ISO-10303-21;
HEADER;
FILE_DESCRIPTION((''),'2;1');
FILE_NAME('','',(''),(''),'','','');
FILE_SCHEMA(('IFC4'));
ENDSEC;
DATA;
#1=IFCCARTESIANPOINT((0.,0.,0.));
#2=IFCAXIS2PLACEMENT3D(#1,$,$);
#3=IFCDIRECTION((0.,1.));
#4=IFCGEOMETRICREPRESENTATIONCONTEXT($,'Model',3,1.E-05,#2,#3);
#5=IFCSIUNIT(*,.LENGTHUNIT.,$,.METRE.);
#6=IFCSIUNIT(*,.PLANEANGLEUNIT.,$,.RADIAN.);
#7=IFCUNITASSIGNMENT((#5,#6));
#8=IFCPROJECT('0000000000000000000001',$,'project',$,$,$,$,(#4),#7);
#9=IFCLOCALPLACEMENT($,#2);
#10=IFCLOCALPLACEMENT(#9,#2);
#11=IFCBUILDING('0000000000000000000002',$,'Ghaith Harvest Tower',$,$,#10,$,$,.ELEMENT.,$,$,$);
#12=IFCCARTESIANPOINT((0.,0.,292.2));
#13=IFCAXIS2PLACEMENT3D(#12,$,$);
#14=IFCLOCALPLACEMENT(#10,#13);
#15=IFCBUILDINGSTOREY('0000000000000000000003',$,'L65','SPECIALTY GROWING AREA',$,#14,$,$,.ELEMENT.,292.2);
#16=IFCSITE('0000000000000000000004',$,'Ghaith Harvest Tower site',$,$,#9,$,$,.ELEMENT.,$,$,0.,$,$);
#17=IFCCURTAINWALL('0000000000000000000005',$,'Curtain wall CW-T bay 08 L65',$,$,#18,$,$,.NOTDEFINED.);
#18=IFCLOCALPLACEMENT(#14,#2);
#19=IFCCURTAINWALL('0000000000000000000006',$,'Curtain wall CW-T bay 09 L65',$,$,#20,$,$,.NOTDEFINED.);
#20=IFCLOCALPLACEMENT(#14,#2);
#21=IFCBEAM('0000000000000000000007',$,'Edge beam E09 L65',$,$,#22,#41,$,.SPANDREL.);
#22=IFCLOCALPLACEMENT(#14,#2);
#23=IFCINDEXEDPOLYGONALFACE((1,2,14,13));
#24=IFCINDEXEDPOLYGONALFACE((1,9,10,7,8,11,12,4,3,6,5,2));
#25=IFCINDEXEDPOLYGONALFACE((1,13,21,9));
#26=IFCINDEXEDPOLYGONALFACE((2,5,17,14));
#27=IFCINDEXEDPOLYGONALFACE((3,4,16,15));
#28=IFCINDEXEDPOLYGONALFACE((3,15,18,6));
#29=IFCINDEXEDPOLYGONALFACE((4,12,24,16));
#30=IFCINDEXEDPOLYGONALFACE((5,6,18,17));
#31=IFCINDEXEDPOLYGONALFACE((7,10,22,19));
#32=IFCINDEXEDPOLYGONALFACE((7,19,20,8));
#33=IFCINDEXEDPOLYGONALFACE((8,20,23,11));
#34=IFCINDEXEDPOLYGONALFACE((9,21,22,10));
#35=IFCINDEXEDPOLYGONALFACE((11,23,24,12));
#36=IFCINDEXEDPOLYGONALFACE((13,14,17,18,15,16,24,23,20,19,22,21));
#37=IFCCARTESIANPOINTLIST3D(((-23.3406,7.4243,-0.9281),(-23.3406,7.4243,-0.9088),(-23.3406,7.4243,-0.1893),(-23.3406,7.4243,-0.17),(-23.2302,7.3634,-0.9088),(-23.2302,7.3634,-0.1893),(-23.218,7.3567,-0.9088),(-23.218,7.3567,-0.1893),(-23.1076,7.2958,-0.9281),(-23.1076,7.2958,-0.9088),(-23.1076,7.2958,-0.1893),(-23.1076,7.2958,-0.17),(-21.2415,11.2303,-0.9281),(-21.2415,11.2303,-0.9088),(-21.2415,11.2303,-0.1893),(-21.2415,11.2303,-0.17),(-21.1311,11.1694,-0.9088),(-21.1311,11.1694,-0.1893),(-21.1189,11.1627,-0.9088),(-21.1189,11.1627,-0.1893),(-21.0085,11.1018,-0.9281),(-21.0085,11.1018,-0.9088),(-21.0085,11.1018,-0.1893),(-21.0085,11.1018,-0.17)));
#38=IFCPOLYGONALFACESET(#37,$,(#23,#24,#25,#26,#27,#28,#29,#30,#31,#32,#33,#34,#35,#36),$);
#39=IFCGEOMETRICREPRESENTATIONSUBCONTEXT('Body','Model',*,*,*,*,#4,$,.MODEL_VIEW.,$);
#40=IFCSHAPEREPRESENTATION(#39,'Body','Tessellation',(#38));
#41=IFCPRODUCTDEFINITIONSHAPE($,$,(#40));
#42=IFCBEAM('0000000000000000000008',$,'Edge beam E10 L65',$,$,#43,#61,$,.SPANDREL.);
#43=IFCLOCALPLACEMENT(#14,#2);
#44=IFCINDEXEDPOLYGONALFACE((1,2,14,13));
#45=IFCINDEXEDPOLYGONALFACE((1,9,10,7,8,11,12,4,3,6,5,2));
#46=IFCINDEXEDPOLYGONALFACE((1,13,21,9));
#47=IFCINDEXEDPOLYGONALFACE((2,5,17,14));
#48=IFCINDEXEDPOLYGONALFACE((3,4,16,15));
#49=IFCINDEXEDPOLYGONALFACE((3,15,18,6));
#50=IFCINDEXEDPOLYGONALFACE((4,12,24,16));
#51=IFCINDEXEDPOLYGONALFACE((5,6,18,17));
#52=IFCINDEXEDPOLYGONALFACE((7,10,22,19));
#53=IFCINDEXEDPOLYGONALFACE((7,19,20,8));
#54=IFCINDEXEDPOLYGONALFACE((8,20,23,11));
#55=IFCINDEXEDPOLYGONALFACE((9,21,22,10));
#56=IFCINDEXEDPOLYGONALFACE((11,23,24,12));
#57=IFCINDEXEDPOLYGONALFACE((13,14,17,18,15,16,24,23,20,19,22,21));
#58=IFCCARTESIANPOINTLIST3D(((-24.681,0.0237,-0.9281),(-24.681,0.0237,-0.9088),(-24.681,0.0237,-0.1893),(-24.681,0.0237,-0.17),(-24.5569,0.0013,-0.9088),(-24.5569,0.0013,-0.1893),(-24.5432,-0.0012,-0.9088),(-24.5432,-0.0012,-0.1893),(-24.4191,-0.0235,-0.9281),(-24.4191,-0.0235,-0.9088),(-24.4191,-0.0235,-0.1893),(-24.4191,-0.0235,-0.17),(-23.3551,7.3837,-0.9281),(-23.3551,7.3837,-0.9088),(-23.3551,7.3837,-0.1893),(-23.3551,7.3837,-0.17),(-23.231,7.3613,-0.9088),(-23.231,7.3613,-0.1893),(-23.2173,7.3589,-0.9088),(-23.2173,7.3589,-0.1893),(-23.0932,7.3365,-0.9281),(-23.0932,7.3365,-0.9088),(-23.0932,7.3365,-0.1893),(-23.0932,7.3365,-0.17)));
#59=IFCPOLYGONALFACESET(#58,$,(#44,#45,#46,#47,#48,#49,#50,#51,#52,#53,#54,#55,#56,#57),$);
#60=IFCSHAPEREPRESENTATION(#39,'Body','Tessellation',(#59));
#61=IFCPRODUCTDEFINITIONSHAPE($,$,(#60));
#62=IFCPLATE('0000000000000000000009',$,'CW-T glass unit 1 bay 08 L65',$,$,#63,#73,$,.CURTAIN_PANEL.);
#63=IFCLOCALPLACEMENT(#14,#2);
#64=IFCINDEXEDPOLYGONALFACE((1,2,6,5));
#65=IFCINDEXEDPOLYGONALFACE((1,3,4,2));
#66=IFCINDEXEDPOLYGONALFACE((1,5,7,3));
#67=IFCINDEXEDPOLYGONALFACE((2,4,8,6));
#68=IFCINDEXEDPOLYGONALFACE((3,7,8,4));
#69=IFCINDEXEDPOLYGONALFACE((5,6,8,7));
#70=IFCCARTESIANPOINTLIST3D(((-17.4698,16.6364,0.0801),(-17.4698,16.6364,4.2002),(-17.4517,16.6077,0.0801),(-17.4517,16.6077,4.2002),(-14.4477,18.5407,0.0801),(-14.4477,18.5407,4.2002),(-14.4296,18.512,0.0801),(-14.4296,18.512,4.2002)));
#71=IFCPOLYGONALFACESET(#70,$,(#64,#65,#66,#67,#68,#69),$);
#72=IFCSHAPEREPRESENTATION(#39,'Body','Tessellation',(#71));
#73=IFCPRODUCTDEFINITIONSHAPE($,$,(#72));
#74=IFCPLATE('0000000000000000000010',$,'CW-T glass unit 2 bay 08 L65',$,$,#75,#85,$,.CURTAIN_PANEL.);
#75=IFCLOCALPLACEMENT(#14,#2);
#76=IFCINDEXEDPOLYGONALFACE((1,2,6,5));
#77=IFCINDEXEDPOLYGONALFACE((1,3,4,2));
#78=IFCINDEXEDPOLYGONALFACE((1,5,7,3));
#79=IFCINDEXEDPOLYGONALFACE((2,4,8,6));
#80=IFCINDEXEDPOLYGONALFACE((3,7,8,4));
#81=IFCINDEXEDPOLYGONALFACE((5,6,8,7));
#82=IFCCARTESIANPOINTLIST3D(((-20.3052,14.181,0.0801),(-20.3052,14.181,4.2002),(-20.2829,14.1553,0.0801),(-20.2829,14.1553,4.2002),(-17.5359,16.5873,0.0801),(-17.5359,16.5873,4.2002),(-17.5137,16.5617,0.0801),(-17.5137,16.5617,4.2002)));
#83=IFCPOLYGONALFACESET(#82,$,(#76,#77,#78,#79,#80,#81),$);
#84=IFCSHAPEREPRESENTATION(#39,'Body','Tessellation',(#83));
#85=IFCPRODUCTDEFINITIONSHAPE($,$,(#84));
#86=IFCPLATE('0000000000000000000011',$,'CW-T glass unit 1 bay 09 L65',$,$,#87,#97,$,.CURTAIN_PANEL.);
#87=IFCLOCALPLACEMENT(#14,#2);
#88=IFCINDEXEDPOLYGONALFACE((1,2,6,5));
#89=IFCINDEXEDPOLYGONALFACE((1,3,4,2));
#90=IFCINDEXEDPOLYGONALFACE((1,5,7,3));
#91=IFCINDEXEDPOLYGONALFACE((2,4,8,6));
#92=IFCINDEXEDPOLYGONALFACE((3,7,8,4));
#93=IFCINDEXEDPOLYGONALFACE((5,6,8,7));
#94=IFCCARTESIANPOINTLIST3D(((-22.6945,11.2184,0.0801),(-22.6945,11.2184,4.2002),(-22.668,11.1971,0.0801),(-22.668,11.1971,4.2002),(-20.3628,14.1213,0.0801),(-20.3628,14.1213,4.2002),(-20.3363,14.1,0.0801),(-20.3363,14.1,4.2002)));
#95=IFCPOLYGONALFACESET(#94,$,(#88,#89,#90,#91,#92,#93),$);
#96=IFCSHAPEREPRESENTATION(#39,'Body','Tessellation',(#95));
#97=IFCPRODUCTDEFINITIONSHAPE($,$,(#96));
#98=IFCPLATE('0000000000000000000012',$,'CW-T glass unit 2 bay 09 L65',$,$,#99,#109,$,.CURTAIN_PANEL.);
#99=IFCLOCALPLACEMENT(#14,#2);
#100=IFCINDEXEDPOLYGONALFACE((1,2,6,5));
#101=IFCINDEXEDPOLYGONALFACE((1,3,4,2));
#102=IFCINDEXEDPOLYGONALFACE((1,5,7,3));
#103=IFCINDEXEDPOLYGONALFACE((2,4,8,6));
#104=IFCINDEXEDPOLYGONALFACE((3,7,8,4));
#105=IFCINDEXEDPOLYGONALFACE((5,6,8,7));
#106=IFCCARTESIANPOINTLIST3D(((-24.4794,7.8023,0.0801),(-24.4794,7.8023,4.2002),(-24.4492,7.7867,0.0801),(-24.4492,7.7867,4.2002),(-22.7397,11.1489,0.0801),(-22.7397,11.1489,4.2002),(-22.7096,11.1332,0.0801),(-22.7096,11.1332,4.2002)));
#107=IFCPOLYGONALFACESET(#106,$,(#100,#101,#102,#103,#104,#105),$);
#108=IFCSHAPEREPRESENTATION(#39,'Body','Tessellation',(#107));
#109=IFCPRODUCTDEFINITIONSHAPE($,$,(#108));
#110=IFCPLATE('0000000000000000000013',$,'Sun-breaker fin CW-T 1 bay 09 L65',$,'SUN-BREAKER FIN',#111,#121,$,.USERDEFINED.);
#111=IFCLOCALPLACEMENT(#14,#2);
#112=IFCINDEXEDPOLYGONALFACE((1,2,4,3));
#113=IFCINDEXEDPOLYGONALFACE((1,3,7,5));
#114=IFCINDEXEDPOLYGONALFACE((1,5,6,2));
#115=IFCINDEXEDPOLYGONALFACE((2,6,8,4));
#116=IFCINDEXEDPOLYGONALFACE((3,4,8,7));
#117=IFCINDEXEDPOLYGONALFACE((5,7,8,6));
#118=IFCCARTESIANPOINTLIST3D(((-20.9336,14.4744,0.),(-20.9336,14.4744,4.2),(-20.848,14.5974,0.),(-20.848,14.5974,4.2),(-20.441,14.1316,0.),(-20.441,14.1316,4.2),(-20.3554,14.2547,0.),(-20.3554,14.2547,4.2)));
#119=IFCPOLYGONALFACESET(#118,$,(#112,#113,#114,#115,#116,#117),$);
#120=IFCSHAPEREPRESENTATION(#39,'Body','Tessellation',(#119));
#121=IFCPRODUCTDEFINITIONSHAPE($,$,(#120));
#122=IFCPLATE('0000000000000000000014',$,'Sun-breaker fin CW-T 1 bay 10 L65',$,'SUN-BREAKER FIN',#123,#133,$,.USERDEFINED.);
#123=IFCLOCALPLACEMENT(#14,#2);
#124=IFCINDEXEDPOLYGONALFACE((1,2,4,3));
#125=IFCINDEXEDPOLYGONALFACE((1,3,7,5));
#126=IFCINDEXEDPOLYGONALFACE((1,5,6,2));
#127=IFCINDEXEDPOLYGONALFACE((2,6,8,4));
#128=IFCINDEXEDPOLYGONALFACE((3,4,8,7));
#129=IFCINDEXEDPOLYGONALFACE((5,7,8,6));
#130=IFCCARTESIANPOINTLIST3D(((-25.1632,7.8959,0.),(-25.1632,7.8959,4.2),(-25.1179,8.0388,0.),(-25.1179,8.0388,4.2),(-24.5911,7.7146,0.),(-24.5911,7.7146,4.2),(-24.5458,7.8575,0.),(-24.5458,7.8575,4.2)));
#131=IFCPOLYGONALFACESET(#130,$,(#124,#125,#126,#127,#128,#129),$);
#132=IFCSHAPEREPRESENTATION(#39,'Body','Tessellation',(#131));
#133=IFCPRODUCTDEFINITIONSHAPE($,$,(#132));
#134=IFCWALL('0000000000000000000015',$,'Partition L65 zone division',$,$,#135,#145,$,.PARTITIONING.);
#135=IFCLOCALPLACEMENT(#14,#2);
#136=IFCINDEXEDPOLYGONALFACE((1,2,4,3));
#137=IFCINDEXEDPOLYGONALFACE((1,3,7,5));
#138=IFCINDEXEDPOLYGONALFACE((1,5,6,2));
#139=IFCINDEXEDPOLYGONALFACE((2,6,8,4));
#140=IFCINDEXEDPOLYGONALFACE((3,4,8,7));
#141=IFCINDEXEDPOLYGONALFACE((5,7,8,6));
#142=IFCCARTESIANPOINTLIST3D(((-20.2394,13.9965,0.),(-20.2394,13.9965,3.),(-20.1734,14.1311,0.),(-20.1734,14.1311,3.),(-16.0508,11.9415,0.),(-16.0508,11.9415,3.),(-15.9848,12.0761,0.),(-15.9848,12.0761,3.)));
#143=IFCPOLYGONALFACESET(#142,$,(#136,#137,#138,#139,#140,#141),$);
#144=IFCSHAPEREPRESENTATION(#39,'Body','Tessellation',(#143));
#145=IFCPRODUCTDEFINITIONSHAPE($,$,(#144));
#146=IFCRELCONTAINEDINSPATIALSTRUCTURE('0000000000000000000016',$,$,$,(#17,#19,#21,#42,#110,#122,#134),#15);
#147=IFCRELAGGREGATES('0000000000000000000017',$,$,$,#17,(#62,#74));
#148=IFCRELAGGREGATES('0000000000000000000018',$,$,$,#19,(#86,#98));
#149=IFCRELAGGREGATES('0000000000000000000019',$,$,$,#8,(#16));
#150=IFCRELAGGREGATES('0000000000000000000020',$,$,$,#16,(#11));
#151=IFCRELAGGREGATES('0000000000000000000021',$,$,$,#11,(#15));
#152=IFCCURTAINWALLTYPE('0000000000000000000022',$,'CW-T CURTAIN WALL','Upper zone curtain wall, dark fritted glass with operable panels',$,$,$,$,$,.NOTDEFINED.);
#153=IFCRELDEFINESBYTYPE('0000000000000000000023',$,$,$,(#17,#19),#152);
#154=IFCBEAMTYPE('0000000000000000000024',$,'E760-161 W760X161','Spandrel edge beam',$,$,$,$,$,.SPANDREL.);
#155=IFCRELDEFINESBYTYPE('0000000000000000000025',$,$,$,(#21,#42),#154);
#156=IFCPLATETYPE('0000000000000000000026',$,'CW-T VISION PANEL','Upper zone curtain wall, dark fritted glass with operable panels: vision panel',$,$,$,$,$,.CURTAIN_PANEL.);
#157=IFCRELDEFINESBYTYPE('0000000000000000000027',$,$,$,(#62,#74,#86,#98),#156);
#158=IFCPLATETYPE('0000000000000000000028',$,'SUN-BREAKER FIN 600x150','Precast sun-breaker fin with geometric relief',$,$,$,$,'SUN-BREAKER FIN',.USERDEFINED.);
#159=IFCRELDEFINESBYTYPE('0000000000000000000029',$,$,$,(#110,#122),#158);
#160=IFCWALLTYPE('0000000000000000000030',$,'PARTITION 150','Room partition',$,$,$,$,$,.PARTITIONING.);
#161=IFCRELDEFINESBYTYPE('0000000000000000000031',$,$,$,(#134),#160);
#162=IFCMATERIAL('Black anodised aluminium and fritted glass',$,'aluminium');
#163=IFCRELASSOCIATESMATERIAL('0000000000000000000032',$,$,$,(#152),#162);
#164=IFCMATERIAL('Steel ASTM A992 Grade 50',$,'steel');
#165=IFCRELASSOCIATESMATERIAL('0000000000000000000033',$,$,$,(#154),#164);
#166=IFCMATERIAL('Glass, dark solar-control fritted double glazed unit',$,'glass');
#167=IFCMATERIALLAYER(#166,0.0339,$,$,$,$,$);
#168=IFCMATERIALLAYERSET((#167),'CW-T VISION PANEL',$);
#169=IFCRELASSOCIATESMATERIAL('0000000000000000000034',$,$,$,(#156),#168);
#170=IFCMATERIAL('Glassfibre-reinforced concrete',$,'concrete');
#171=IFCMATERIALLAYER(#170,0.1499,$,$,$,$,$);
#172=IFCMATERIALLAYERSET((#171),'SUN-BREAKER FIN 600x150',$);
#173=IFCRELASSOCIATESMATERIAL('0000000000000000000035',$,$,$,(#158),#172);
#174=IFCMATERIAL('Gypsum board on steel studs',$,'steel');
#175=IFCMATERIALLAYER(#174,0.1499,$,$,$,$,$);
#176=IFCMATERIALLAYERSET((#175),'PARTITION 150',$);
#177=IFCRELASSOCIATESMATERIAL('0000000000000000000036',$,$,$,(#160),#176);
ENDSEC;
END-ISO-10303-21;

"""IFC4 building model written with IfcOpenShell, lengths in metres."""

from ifc_helpers import new_model, si_unit, direction, frame, frame_2d, origin, origin_2d, place, context, subcontext, project, spatial, rectangle, i_section, extrude, material, layer, layer_set, material_profile, profile_set, type_object, element, aggregate, save


model = new_model("IFC4")

# Units and contexts
model_context = context("Model", 3, precision=1e-05, world=origin(), true_north=direction((0.0, 1.0)))
body_context = subcontext(model_context, "Body", "Model", "MODEL_VIEW")
ifc_project = project(units=[si_unit("LENGTHUNIT", "METRE"), si_unit("PLANEANGLEUNIT", "RADIAN")], contexts=[model_context])

# Site, building, storey
site_placement = place(None, origin())
site = spatial("IfcSite", under=ifc_project, at=site_placement, Name="Ghaith Harvest Tower site", CompositionType="ELEMENT", RefElevation=0.0)
building_placement = place(site_placement, origin())
building = spatial("IfcBuilding", under=site, at=building_placement, Name="Ghaith Harvest Tower", CompositionType="ELEMENT")
storey_placement = place(building_placement, frame((0.0, 0.0, 292.2)))
storey = spatial("IfcBuildingStorey", under=building, at=storey_placement, Name="L65", Description="SPECIALTY GROWING AREA", CompositionType="ELEMENT", Elevation=292.2)

# Curtain walls
ifc_material_1 = material(Name="Black anodised aluminium and fritted glass", Category="aluminium")
curtain_wall_type = type_object("IfcCurtainWallType", Name="CW-T CURTAIN WALL", Description="Upper zone curtain wall, dark fritted glass with operable panels", PredefinedType="NOTDEFINED", material=ifc_material_1)
curtain_wall_1_placement = place(storey_placement, origin())
curtain_wall_1 = element("IfcCurtainWall", 1, at=curtain_wall_1_placement, inside=storey, type_object=curtain_wall_type, Name="Curtain wall CW-T bay 08 L65", PredefinedType="NOTDEFINED")
curtain_wall_2_placement = place(storey_placement, origin())
curtain_wall_2 = element("IfcCurtainWall", 2, at=curtain_wall_2_placement, inside=storey, type_object=curtain_wall_type, Name="Curtain wall CW-T bay 09 L65", PredefinedType="NOTDEFINED")

# Beams
ifc_material_2 = material(Name="Steel ASTM A992 Grade 50", Category="steel")
ifc_material_profile_1 = material_profile(ifc_material_2, i_section(OverallWidth=0.2661, OverallDepth=0.7581, WebThickness=0.0139, FlangeThickness=0.0193, at=origin_2d()), Name="W760X161")
ifc_profile_set_1 = profile_set([ifc_material_profile_1], Name="Steel ASTM A992 Grade 50")
beam_type = type_object("IfcBeamType", Name="E760-161 W760X161", Description="Spandrel edge beam", PredefinedType="SPANDREL", material=ifc_profile_set_1)
beam_1_placement = place(storey_placement, frame((-21.125, 11.166, -0.5491), z_axis=(-0.482956, -0.875645, 0.0), x_axis=(0.875645, -0.482956, 0.0)))
element("IfcBeam", 3, at=beam_1_placement, inside=storey, type_object=beam_type, Name="Edge beam E09 L65", PredefinedType="SPANDREL", context=body_context, shape_type="SweptSolid", body=[
    extrude(i_section(OverallWidth=0.2661, OverallDepth=0.7581, WebThickness=0.0139, FlangeThickness=0.0193, at=origin_2d()), origin(), (0.0, 0.0, 1.0), 4.3464),
])
beam_2_placement = place(storey_placement, frame((-23.2241, 7.3601, -0.5491), z_axis=(-0.177297, -0.984157, 0.0), x_axis=(0.984157, -0.177297, 0.0)))
element("IfcBeam", 4, at=beam_2_placement, inside=storey, type_object=beam_type, Name="Edge beam E10 L65", PredefinedType="SPANDREL", context=body_context, shape_type="SweptSolid", body=[
    extrude(i_section(OverallWidth=0.2661, OverallDepth=0.7581, WebThickness=0.0139, FlangeThickness=0.0193, at=origin_2d()), origin(), (0.0, 0.0, 1.0), 7.4785),
])

# Plates
ifc_material_3 = material(Name="Glass, dark solar-control fritted double glazed unit", Category="glass")
ifc_layer_1 = layer(ifc_material_3, 0.0339)
ifc_layer_set_1 = layer_set([ifc_layer_1], Name="CW-T VISION PANEL")
plate_type_1 = type_object("IfcPlateType", Name="CW-T VISION PANEL", Description="Upper zone curtain wall, dark fritted glass with operable panels: vision panel", PredefinedType="CURTAIN_PANEL", material=ifc_layer_set_1)
plate_1_placement = place(storey_placement, frame((-15.9497, 17.5742, 0.0801), z_axis=(0.0, 0.0, 1.0), x_axis=(-0.846043, -0.533114, 0.0)))
plate_1 = element("IfcPlate", 5, at=plate_1_placement, type_object=plate_type_1, Name="CW-T glass unit 1 bay 08 L65", PredefinedType="CURTAIN_PANEL", context=body_context, shape_type="SweptSolid", body=[
    extrude(rectangle(XDim=3.572, YDim=0.0339, at=origin_2d()), origin(), (0.0, 0.0, 1.0), 4.1201),
])
plate_2_placement = place(storey_placement, frame((-18.9094, 15.3713, 0.0801), z_axis=(0.0, 0.0, 1.0), x_axis=(-0.754829, -0.655922, 0.0)))
plate_2 = element("IfcPlate", 6, at=plate_2_placement, type_object=plate_type_1, Name="CW-T glass unit 2 bay 08 L65", PredefinedType="CURTAIN_PANEL", context=body_context, shape_type="SweptSolid", body=[
    extrude(rectangle(XDim=3.6687, YDim=0.0339, at=origin_2d()), origin(), (0.0, 0.0, 1.0), 4.1201),
])
aggregate(curtain_wall_1, [plate_1, plate_2])
plate_3_placement = place(storey_placement, frame((-21.5154, 12.6592, 0.0801), z_axis=(0.0, 0.0, 1.0), x_axis=(-0.62623, -0.779639, 0.0)))
plate_3 = element("IfcPlate", 7, at=plate_3_placement, type_object=plate_type_1, Name="CW-T glass unit 1 bay 09 L65", PredefinedType="CURTAIN_PANEL", context=body_context, shape_type="SweptSolid", body=[
    extrude(rectangle(XDim=3.7234, YDim=0.0339, at=origin_2d()), origin(), (0.0, 0.0, 1.0), 4.1201),
])
plate_4_placement = place(storey_placement, frame((-23.5945, 9.4678, 0.0801), z_axis=(0.0, 0.0, 1.0), x_axis=(-0.46123, -0.887281, 0.0)))
plate_4 = element("IfcPlate", 8, at=plate_4_placement, type_object=plate_type_1, Name="CW-T glass unit 2 bay 09 L65", PredefinedType="CURTAIN_PANEL", context=body_context, shape_type="SweptSolid", body=[
    extrude(rectangle(XDim=3.7717, YDim=0.0339, at=origin_2d()), origin(), (0.0, 0.0, 1.0), 4.1201),
])
aggregate(curtain_wall_2, [plate_3, plate_4])

# Plates
ifc_material_4 = material(Name="Glassfibre-reinforced concrete", Category="concrete")
ifc_layer_2 = layer(ifc_material_4, 0.1499)
ifc_layer_set_2 = layer_set([ifc_layer_2], Name="SUN-BREAKER FIN 600x150")
plate_type_2 = type_object("IfcPlateType", Name="SUN-BREAKER FIN 600x150", Description="Precast sun-breaker fin with geometric relief", ElementType="SUN-BREAKER FIN", PredefinedType="USERDEFINED", material=ifc_layer_set_2)
for number, where, z_axis, x_axis, name in (
    (9, (-20.6445, 14.3645, 0.0), (0.0, 0.0, 1.0), (-0.820845, 0.57115, 0.0), "Sun-breaker fin CW-T 1 bay 09 L65"),
    (10, (-24.8545, 7.8767, 0.0), (0.0, 0.0, 1.0), (-0.953273, 0.30211, 0.0), "Sun-breaker fin CW-T 1 bay 10 L65"),
):
    element("IfcPlate", number, at=place(storey_placement, frame(where, z_axis=z_axis, x_axis=x_axis)), inside=storey, type_object=plate_type_2, Name=name, ObjectType="SUN-BREAKER FIN", PredefinedType="USERDEFINED", context=body_context, shape_type="SweptSolid", body=[
        extrude(rectangle(XDim=0.6001, YDim=0.1499, at=origin_2d()), origin(), (0.0, 0.0, 1.0), 4.2),
    ])

# Wall
ifc_material_5 = material(Name="Gypsum board on steel studs", Category="steel")
ifc_layer_3 = layer(ifc_material_5, 0.1499)
ifc_layer_set_3 = layer_set([ifc_layer_3], Name="PARTITION 150")
wall_type_1 = type_object("IfcWallType", Name="PARTITION 150", Description="Room partition", PredefinedType="PARTITIONING", material=ifc_layer_set_3)
wall_1_placement = place(storey_placement, frame((-16.0178, 12.0088, 0.0), z_axis=(0.0, 0.0, 1.0), x_axis=(-0.897772, 0.440461, 0.0)))
element("IfcWall", 11, at=wall_1_placement, inside=storey, type_object=wall_type_1, Name="Partition L65 zone division", PredefinedType="PARTITIONING", context=body_context, shape_type="SweptSolid", body=[
    extrude(rectangle(XDim=4.6655, YDim=0.1499, at=frame_2d((2.3328, 0.0))), origin(), (0.0, 0.0, 1.0), 3.0),
])

save(model, "model.ifc")
